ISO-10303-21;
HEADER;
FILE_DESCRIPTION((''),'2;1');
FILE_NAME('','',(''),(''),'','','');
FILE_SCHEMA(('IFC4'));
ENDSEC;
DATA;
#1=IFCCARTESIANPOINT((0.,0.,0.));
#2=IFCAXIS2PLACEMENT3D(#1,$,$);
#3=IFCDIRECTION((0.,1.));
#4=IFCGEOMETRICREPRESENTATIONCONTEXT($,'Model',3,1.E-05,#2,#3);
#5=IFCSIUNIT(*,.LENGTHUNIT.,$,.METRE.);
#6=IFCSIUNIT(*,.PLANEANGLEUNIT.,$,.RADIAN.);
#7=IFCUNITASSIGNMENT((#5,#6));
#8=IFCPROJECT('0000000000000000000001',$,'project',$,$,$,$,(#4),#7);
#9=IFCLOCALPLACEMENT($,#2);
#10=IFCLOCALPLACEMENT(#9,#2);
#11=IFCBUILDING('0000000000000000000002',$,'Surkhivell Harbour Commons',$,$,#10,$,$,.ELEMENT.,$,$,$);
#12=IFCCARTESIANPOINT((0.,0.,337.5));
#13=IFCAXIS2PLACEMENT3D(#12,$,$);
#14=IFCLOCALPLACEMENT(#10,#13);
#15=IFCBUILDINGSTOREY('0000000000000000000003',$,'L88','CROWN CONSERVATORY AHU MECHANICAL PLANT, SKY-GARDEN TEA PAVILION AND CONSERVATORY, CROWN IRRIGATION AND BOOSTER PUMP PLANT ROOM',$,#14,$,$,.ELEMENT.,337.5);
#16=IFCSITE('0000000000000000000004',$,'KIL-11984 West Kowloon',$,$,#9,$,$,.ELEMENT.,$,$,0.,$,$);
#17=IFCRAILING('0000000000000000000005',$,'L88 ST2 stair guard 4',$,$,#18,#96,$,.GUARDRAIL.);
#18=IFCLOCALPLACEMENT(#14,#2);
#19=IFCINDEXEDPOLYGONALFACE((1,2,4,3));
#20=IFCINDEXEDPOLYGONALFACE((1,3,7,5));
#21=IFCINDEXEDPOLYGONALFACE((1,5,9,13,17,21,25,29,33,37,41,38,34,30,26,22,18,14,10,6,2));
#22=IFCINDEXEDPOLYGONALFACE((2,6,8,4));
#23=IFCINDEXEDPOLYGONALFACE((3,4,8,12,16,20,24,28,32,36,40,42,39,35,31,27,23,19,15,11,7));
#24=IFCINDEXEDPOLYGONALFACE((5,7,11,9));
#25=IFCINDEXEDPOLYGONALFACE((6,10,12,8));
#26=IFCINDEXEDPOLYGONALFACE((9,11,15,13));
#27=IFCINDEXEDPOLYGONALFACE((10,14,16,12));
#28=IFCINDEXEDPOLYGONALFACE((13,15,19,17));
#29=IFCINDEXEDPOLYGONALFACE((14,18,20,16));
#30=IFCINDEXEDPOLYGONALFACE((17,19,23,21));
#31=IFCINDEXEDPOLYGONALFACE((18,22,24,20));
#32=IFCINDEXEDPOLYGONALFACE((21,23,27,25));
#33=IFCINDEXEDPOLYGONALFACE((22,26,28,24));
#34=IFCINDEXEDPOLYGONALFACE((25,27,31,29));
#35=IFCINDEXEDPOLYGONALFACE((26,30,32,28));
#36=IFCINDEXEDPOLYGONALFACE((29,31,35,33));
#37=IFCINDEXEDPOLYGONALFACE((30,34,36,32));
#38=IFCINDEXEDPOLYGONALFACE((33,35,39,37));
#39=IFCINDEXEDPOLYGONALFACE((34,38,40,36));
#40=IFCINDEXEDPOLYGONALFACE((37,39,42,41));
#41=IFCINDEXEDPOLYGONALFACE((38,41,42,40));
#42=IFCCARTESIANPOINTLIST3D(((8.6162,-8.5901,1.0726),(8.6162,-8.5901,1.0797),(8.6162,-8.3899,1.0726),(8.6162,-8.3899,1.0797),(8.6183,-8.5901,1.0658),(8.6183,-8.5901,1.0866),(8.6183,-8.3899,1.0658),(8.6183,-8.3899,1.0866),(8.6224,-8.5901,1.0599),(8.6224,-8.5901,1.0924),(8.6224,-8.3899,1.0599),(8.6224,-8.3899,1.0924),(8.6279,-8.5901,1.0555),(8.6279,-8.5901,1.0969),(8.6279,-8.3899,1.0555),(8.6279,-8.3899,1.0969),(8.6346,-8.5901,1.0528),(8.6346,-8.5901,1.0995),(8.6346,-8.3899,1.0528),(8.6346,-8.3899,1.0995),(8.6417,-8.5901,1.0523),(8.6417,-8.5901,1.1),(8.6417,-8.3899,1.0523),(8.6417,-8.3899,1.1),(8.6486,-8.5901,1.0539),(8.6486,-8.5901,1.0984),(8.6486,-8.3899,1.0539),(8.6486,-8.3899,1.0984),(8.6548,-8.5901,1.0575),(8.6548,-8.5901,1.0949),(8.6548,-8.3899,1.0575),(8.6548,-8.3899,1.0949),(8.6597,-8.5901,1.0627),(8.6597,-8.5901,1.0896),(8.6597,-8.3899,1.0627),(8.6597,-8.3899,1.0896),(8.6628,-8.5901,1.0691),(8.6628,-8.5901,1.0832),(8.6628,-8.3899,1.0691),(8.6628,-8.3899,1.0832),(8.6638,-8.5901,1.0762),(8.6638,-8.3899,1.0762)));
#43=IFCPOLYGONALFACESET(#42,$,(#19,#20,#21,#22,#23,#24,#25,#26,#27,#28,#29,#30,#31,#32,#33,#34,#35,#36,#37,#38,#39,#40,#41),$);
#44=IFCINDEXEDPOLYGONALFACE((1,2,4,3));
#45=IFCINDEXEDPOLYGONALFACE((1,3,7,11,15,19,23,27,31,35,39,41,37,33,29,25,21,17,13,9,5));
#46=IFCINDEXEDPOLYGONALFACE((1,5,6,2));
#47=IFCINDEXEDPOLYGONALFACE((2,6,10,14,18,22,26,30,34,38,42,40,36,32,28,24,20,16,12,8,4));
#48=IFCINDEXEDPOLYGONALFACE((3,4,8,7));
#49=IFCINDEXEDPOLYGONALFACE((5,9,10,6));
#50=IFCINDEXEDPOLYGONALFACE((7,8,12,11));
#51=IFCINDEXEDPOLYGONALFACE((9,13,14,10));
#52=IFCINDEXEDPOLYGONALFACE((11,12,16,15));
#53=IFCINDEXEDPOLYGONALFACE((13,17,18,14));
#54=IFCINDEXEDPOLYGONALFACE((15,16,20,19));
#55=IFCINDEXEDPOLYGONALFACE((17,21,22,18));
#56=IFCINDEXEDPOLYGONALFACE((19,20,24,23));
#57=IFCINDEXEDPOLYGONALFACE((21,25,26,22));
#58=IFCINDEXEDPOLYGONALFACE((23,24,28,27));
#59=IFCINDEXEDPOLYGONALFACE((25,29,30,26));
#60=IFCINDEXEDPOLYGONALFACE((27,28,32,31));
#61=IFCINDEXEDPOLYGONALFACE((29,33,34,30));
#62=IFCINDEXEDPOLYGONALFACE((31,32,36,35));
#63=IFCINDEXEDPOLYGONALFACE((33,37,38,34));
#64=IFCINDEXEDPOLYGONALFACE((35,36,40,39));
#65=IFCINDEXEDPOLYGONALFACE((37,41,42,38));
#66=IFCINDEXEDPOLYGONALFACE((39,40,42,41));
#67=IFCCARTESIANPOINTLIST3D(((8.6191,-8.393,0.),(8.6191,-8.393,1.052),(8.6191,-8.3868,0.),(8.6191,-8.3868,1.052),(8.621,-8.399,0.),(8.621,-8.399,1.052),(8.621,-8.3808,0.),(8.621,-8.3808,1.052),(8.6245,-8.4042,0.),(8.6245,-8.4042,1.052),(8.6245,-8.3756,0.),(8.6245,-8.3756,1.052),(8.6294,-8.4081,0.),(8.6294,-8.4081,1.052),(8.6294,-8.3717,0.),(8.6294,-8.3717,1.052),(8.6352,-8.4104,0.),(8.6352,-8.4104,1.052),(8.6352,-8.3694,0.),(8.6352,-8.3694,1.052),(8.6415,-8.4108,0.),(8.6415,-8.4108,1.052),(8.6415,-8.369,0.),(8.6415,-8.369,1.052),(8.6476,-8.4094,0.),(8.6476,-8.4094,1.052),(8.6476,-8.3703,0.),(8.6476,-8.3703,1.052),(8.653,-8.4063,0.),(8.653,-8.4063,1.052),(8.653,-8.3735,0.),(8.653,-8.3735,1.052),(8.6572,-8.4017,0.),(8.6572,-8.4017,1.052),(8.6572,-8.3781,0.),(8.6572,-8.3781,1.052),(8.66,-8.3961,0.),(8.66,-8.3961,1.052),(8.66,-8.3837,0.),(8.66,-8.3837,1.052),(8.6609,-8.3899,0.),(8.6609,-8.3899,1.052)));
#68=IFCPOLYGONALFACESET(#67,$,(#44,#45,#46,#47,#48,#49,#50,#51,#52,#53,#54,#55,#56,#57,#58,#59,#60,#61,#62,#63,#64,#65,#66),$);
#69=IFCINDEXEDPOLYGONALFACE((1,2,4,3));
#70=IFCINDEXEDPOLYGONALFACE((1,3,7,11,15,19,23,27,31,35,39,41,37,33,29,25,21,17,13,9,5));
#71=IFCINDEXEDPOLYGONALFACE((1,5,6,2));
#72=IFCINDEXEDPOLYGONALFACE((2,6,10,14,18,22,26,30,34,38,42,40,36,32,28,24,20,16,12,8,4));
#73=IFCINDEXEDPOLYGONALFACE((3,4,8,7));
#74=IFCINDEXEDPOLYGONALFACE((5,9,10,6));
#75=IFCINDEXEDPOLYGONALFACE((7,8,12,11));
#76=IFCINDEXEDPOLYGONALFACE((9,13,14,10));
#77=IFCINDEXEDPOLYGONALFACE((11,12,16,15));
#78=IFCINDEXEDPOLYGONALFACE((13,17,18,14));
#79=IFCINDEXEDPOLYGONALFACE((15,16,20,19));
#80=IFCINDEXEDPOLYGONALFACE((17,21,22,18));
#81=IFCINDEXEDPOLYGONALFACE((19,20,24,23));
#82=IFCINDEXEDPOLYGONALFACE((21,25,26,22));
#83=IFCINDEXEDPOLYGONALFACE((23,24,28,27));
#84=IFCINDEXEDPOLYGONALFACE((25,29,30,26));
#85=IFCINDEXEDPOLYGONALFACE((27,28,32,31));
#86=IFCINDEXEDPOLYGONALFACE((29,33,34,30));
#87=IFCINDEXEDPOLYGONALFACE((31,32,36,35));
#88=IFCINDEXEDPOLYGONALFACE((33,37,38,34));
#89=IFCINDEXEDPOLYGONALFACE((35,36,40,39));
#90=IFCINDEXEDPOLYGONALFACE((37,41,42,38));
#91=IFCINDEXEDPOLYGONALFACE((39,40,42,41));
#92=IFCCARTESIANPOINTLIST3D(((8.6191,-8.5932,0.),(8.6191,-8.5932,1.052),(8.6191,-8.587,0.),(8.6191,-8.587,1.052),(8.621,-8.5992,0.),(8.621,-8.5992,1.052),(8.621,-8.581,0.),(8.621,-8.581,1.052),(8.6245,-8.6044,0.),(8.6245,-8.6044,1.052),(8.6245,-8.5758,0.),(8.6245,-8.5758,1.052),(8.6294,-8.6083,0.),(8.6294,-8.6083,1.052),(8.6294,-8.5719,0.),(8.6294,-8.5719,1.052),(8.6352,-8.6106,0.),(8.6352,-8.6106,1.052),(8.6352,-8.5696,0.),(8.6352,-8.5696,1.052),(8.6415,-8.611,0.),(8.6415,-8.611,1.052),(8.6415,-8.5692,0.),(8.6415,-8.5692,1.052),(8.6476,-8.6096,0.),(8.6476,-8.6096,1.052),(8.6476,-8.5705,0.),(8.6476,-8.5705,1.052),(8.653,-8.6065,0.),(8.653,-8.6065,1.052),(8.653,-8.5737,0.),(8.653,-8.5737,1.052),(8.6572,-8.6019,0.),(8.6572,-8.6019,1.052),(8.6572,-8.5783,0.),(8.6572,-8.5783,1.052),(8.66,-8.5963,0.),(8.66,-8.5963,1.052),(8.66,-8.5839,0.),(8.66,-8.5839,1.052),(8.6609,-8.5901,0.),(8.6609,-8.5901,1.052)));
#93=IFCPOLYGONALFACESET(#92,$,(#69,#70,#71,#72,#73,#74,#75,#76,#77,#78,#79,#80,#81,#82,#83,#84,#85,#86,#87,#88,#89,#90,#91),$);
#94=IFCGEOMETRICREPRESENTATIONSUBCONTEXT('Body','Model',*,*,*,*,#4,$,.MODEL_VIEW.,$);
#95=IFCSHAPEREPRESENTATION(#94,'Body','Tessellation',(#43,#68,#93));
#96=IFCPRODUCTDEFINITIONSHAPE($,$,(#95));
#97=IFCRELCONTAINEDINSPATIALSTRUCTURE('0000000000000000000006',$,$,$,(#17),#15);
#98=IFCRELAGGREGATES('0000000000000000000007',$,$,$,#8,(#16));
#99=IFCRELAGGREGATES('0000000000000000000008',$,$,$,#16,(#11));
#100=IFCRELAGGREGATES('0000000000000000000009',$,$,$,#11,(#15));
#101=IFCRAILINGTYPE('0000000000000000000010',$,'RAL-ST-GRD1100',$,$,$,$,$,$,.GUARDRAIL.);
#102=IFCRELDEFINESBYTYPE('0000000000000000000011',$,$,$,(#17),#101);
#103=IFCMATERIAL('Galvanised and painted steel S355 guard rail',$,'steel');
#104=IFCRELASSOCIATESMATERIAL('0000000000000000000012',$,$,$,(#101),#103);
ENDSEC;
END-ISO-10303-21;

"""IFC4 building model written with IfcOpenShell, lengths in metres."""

from ifc_helpers import new_model, si_unit, direction, frame, origin, origin_2d, place, context, subcontext, project, spatial, circle, extrude, material, type_object, element, save


model = new_model("IFC4")

# Units and contexts
model_context = context("Model", 3, precision=1e-05, world=origin(), true_north=direction((0.0, 1.0)))
body_context = subcontext(model_context, "Body", "Model", "MODEL_VIEW")
ifc_project = project(units=[si_unit("LENGTHUNIT", "METRE"), si_unit("PLANEANGLEUNIT", "RADIAN")], contexts=[model_context])

# Site, building, storey
site_placement = place(None, origin())
site = spatial("IfcSite", under=ifc_project, at=site_placement, Name="KIL-11984 West Kowloon", CompositionType="ELEMENT", RefElevation=0.0)
building_placement = place(site_placement, origin())
building = spatial("IfcBuilding", under=site, at=building_placement, Name="Surkhivell Harbour Commons", CompositionType="ELEMENT")
storey_placement = place(building_placement, frame((0.0, 0.0, 337.5)))
storey = spatial("IfcBuildingStorey", under=building, at=storey_placement, Name="L88", Description="CROWN CONSERVATORY AHU MECHANICAL PLANT, SKY-GARDEN TEA PAVILION AND CONSERVATORY, CROWN IRRIGATION AND BOOSTER PUMP PLANT ROOM", CompositionType="ELEMENT", Elevation=337.5)

# Railing
ifc_material_1 = material(Name="Galvanised and painted steel S355 guard rail", Category="steel")
railing_type_1 = type_object("IfcRailingType", Name="RAL-ST-GRD1100", PredefinedType="GUARDRAIL", material=ifc_material_1)
railing_1_placement = place(storey_placement, frame((8.6399, -8.3899, 0.0)))
element("IfcRailing", 1, at=railing_1_placement, inside=storey, type_object=railing_type_1, Name="L88 ST2 stair guard 4", PredefinedType="GUARDRAIL", context=body_context, shape_type="SweptSolid", body=[
    extrude(circle(Radius=0.0239, at=origin_2d()), frame((0.0, 0.0, 1.0762), z_axis=(0.0, -1.0, 0.0), x_axis=(1.0, 0.0, 0.0)), (0.0, 0.0, 1.0), 0.2002),
    extrude(circle(Radius=0.021, at=origin_2d()), origin(), (0.0, 0.0, 1.0), 1.052),
    extrude(circle(Radius=0.021, at=origin_2d()), frame((0.0, -0.2002, 0.0)), (0.0, 0.0, 1.0), 1.052),
])

save(model, "model.ifc")
